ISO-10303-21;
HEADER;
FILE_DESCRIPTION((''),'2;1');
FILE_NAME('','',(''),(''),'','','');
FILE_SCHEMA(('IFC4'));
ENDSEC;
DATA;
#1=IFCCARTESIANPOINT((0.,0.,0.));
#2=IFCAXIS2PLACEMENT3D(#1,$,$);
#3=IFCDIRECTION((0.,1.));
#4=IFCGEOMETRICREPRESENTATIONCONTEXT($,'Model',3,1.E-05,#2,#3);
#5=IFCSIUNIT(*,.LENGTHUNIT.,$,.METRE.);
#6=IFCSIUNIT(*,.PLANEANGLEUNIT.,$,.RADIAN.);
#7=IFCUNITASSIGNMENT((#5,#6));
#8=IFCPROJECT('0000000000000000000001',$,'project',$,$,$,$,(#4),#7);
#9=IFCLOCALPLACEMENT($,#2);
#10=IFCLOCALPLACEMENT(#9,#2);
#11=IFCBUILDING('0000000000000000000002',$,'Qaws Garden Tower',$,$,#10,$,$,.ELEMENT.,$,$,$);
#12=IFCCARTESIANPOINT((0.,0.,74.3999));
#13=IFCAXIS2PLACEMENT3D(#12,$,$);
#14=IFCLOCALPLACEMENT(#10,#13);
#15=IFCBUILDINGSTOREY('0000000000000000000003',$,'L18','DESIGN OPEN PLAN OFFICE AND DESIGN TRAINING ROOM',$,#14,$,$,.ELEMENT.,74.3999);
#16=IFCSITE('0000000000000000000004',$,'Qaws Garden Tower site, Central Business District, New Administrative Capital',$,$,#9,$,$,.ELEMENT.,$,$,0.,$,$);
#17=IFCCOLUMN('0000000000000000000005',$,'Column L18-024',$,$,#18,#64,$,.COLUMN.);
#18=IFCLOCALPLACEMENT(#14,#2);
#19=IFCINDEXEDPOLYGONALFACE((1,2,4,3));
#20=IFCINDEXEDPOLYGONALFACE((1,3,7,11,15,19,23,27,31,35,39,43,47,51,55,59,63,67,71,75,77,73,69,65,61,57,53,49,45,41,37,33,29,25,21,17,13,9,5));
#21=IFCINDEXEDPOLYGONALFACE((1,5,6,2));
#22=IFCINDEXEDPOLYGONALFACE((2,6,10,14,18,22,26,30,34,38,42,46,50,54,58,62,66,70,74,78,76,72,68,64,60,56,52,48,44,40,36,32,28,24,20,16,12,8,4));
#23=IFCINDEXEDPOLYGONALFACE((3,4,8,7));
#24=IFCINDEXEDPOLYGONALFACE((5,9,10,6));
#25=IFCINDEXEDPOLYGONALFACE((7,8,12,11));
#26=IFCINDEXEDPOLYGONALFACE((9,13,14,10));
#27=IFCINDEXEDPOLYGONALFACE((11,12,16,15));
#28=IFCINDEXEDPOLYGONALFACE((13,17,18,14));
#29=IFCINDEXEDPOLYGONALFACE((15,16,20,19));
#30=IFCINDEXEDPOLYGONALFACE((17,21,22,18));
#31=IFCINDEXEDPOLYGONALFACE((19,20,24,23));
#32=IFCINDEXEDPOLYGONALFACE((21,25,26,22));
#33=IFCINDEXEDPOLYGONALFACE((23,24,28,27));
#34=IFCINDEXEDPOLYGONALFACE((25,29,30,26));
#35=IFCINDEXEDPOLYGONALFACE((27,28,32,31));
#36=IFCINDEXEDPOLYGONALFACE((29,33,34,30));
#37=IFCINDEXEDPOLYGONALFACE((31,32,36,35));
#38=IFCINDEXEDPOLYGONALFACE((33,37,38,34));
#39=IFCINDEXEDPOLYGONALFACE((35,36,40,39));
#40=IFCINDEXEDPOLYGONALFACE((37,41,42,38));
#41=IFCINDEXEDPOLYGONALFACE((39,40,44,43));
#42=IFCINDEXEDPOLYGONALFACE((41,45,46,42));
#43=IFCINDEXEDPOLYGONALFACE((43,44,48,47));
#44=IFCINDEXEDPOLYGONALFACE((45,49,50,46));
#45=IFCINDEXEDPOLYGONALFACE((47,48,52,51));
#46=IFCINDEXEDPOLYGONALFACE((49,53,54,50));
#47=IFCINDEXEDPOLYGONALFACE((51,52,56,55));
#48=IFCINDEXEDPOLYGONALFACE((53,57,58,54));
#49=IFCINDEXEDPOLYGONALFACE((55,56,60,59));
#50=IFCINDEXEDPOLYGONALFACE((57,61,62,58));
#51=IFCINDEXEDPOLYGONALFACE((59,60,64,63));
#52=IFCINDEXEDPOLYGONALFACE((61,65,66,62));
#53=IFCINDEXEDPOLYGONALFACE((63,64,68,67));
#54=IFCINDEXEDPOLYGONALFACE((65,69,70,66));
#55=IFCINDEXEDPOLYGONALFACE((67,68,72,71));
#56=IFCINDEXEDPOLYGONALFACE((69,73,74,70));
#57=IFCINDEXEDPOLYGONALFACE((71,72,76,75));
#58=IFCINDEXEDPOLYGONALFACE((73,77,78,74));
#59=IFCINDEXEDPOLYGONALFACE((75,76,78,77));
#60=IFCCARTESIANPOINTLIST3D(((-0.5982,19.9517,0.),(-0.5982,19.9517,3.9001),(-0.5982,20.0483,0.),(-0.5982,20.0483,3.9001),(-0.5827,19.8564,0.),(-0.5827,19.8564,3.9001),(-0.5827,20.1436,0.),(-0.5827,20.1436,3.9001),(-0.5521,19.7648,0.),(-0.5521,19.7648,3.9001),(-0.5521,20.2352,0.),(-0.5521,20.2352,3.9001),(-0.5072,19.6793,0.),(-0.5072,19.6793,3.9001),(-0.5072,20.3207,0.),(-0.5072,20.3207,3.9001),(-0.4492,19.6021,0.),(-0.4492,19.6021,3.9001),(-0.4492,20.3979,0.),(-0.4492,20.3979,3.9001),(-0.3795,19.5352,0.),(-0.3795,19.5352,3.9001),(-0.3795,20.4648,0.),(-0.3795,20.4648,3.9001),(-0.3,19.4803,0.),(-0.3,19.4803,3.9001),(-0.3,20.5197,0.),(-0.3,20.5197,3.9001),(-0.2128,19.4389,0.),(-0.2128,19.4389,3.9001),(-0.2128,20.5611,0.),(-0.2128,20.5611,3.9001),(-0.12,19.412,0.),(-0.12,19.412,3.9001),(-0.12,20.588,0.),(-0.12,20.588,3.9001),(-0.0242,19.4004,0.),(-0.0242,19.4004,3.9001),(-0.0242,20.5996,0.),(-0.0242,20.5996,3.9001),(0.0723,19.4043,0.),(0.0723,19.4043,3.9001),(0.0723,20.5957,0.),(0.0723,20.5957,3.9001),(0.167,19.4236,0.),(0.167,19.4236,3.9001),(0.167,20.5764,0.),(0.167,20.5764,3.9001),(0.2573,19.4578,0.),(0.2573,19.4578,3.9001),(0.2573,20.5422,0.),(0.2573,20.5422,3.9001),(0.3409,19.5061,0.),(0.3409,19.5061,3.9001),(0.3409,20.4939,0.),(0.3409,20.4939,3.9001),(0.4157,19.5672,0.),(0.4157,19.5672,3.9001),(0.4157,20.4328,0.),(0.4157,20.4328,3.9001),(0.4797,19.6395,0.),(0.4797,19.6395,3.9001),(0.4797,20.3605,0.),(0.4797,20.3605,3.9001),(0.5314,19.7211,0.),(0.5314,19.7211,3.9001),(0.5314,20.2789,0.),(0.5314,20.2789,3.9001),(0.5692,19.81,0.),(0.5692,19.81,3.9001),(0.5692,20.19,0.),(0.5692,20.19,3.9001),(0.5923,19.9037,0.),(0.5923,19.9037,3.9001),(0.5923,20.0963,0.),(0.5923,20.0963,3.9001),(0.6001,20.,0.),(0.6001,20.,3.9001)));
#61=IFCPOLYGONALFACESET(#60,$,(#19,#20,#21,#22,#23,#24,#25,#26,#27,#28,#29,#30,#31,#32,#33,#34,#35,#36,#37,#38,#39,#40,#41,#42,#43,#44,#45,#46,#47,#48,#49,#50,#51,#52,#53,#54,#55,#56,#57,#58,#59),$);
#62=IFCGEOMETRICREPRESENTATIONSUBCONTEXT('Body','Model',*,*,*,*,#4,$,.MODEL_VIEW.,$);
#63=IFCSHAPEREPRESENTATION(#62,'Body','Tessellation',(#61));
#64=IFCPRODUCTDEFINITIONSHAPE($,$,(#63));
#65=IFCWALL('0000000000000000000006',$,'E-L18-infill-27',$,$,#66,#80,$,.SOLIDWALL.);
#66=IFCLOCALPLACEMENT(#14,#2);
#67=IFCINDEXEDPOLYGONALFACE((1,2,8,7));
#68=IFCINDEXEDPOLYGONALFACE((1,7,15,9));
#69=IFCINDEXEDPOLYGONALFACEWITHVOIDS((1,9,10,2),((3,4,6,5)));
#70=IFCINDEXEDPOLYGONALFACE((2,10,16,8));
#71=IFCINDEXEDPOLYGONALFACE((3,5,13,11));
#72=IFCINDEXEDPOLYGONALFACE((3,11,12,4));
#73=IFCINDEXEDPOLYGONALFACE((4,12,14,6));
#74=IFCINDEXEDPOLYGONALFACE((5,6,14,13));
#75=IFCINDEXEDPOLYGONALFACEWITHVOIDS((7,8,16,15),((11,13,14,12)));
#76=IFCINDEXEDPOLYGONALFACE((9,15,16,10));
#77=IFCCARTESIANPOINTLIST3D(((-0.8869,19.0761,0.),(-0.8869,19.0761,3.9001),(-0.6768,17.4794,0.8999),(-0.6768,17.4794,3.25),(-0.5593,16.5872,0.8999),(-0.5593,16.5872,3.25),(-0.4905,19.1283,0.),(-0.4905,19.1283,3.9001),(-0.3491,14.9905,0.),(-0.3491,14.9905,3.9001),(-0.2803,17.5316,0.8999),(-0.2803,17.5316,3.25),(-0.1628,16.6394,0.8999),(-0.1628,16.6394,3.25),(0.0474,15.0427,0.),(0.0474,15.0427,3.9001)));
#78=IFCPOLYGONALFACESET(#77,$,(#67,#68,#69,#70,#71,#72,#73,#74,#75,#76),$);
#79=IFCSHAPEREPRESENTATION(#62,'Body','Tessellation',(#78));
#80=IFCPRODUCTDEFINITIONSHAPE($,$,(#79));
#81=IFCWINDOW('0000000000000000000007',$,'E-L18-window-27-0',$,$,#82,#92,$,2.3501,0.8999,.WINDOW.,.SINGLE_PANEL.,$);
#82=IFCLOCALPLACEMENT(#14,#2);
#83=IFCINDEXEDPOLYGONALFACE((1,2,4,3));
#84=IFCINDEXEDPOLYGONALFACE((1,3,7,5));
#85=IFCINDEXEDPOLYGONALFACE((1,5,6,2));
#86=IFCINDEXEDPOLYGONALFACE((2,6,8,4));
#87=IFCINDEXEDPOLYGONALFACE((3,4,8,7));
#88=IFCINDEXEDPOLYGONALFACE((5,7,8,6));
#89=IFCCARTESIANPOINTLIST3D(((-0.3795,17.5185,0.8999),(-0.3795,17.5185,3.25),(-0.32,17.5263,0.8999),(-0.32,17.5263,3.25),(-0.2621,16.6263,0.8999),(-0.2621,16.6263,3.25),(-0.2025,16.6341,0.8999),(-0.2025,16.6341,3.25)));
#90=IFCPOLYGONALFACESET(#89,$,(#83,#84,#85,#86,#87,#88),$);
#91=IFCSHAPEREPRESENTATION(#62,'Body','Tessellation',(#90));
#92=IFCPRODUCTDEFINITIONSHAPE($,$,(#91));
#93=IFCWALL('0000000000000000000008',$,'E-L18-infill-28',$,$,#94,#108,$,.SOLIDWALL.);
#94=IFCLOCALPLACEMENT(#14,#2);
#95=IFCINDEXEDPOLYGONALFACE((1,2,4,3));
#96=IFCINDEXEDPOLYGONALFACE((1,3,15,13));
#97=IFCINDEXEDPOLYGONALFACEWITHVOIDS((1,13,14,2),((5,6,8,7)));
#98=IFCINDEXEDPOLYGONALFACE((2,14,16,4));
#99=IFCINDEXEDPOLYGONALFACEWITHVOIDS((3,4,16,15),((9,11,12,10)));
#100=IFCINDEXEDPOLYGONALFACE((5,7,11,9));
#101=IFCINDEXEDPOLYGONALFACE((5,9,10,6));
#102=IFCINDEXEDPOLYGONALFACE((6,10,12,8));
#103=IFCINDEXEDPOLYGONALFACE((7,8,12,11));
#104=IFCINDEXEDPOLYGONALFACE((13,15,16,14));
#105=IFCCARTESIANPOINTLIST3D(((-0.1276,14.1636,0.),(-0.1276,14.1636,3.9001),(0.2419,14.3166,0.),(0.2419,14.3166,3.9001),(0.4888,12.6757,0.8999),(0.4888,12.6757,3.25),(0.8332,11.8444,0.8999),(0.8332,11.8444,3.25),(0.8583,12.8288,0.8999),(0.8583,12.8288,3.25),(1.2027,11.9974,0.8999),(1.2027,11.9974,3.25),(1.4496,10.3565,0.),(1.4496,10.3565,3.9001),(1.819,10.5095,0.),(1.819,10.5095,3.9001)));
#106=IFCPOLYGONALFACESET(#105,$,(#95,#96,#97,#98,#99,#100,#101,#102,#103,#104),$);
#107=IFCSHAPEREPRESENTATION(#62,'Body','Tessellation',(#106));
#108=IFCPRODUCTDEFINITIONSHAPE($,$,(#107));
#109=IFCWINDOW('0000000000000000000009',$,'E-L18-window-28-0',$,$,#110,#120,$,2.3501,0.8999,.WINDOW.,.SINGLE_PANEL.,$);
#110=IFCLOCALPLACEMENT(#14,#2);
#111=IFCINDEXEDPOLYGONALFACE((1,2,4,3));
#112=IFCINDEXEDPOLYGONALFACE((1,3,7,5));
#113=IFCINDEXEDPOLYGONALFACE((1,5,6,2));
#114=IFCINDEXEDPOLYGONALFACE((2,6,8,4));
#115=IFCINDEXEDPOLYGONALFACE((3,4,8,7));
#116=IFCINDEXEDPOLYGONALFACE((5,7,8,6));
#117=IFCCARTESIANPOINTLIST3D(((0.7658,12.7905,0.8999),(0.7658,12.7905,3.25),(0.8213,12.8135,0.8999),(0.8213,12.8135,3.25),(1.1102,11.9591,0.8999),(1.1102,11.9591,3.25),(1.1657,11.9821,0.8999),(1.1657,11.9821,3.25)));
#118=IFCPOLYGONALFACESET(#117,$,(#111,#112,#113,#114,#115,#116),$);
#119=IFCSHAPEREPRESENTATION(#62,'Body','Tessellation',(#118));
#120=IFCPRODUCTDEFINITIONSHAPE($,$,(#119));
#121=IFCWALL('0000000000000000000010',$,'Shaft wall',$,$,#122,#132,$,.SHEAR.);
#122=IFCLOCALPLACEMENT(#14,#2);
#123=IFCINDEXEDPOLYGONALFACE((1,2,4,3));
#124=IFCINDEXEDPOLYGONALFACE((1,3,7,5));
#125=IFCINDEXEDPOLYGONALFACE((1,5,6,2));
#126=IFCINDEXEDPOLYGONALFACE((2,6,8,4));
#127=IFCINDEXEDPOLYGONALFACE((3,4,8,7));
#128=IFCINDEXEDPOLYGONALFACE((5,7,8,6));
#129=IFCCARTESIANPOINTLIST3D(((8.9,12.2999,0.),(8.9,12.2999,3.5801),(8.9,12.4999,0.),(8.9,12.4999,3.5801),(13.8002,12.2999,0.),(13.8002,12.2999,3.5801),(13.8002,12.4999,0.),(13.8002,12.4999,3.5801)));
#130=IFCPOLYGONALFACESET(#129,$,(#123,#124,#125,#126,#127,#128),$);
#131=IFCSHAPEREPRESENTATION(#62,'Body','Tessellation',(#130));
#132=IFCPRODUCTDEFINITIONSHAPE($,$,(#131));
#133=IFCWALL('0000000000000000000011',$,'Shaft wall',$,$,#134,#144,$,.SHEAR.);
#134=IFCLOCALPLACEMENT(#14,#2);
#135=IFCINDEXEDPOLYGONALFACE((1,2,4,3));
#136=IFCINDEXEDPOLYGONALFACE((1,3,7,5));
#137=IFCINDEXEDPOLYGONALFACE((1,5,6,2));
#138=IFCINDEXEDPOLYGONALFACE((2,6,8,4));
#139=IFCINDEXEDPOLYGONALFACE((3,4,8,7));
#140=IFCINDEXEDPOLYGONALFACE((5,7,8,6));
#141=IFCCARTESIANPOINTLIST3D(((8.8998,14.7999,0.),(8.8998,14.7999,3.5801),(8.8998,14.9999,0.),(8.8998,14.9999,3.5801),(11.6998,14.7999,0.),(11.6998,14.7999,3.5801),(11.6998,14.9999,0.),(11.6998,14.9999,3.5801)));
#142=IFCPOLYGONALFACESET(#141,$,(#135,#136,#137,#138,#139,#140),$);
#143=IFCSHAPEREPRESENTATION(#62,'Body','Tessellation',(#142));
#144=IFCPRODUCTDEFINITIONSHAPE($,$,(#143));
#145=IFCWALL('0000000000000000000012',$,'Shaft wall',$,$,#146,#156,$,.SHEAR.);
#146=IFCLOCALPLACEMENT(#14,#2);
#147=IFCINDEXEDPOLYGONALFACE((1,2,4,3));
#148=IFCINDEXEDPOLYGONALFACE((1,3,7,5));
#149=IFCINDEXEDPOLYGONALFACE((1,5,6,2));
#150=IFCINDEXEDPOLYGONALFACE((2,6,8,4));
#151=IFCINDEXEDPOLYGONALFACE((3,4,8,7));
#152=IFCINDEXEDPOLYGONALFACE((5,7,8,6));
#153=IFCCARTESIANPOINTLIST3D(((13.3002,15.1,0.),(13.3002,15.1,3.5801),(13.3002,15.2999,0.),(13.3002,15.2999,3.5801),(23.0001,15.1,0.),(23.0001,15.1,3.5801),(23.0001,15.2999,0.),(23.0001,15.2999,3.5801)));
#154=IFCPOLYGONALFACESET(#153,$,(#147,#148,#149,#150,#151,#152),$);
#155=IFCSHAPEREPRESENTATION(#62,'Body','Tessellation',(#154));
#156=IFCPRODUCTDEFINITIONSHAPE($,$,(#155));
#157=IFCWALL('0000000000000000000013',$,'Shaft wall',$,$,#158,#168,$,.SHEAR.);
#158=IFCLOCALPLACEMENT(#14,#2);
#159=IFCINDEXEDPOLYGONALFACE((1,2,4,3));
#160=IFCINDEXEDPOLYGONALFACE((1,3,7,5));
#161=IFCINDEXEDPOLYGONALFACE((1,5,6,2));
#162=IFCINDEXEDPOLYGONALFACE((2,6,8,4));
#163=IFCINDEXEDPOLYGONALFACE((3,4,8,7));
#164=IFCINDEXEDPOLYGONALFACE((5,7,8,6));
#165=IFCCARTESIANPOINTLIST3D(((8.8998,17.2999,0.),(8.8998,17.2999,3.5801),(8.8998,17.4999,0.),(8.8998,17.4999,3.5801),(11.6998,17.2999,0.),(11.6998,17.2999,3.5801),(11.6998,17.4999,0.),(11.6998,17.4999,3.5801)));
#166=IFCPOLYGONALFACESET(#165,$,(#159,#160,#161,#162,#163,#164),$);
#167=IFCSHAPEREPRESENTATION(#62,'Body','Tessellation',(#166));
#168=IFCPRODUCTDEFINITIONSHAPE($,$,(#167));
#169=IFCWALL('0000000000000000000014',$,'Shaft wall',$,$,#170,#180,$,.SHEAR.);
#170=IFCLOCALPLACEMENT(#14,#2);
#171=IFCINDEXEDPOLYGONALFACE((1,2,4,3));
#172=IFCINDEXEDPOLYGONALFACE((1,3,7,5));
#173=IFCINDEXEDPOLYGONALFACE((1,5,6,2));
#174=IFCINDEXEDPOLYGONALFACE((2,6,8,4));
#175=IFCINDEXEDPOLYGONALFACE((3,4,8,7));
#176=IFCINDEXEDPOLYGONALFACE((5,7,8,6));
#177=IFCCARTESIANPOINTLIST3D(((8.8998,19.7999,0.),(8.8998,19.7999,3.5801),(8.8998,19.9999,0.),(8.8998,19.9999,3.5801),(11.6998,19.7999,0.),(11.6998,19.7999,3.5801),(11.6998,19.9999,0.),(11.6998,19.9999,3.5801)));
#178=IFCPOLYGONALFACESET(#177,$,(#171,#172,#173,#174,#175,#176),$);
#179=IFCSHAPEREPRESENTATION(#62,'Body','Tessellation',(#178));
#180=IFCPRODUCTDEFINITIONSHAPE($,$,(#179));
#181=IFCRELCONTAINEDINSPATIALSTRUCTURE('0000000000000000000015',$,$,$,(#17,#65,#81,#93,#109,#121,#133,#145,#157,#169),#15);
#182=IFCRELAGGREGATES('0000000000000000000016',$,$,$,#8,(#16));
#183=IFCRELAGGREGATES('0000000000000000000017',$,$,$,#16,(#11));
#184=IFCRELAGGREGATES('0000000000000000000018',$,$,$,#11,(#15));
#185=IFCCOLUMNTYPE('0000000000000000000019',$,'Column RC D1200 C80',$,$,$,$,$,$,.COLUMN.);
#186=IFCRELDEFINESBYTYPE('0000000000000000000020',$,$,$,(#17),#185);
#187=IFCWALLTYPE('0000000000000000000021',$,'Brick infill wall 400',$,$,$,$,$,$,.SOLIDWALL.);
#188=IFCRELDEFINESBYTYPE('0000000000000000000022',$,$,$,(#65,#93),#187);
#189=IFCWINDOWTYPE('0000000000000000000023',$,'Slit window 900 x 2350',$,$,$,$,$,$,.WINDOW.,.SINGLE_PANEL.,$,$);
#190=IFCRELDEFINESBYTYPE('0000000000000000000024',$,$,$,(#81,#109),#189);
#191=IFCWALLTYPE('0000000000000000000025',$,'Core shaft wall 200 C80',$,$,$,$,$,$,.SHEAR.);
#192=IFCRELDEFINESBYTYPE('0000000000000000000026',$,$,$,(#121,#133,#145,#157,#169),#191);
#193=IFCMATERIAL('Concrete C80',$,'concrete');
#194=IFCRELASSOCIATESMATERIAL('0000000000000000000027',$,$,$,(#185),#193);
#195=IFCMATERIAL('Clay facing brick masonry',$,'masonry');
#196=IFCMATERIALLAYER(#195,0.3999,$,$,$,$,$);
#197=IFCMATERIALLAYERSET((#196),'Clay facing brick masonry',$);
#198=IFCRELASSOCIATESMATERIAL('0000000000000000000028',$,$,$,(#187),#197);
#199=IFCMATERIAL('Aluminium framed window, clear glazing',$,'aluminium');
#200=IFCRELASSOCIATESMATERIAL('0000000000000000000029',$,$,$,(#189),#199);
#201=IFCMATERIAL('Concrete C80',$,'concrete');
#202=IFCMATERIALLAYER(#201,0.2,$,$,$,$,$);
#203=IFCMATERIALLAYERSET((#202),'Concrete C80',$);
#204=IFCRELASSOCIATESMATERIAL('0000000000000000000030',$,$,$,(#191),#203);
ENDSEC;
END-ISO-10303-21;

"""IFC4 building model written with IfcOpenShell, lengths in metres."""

from ifc_helpers import new_model, si_unit, direction, frame, frame_2d, origin, origin_2d, place, context, subcontext, project, spatial, rectangle, circle, extrude, material, layer, layer_set, material_profile, profile_set, type_object, element, fill, save


model = new_model("IFC4")

# Units and contexts
model_context = context("Model", 3, precision=1e-05, world=origin(), true_north=direction((0.0, 1.0)))
body_context = subcontext(model_context, "Body", "Model", "MODEL_VIEW")
ifc_project = project(units=[si_unit("LENGTHUNIT", "METRE"), si_unit("PLANEANGLEUNIT", "RADIAN")], contexts=[model_context])

# Site, building, storey
site_placement = place(None, origin())
site = spatial("IfcSite", under=ifc_project, at=site_placement, Name="Qaws Garden Tower site, Central Business District, New Administrative Capital", CompositionType="ELEMENT", RefElevation=0.0)
building_placement = place(site_placement, origin())
building = spatial("IfcBuilding", under=site, at=building_placement, Name="Qaws Garden Tower", CompositionType="ELEMENT")
storey_placement = place(building_placement, frame((0.0, 0.0, 74.3999)))
storey = spatial("IfcBuildingStorey", under=building, at=storey_placement, Name="L18", Description="DESIGN OPEN PLAN OFFICE AND DESIGN TRAINING ROOM", CompositionType="ELEMENT", Elevation=74.3999)

# Column
ifc_material_1 = material(Name="Concrete C80", Category="concrete")
ifc_material_profile = material_profile(ifc_material_1, circle(Radius=0.6001, at=origin_2d()), Name="RC D1200")
ifc_profile_set = profile_set([ifc_material_profile], Name="Concrete C80")
column_type = type_object("IfcColumnType", Name="Column RC D1200 C80", PredefinedType="COLUMN", material=ifc_profile_set)
column_placement = place(storey_placement, frame((0.0, 20.0, 0.0), z_axis=(0.0, 0.0, 1.0), x_axis=(1.0, 0.0, 0.0)))
element("IfcColumn", 1, at=column_placement, inside=storey, type_object=column_type, Name="Column L18-024", PredefinedType="COLUMN", context=body_context, shape_type="SweptSolid", body=[
    extrude(circle(Radius=0.6001, at=origin_2d()), origin(), (0.0, 0.0, 1.0), 3.9001),
])

# Walls, openings, windows
ifc_material_2 = material(Name="Clay facing brick masonry", Category="masonry")
ifc_layer_1 = layer(ifc_material_2, 0.3999)
ifc_layer_set_1 = layer_set([ifc_layer_1], Name="Clay facing brick masonry")
wall_type_1 = type_object("IfcWallType", Name="Brick infill wall 400", PredefinedType="SOLIDWALL", material=ifc_layer_set_1)
wall_1_placement = place(storey_placement, frame((-0.6887, 19.1023, 0.0), z_axis=(0.0, 0.0, 1.0), x_axis=(0.130514, -0.991446, 0.0)))
wall_1 = element("IfcWall", 2, at=wall_1_placement, inside=storey, type_object=wall_type_1, Name="E-L18-infill-27", PredefinedType="SOLIDWALL", context=body_context, shape_type="SweptSolid", body=[
    extrude(rectangle(XDim=4.1208, YDim=0.3999, at=frame_2d((2.0605, 0.0))), origin(), (0.0, 0.0, 1.0), 3.9001),
])
opening_1_placement = place(wall_1_placement, frame((1.6106, 0.0, 0.8999)))
opening_1 = element("IfcOpeningElement", 3, at=opening_1_placement, cuts=wall_1, PredefinedType="OPENING", context=body_context, shape_type="SweptSolid", body=[
    extrude(rectangle(XDim=0.8999, YDim=2.3501, at=frame_2d((0.45, 1.175))), frame((0.0, 0.21, 0.0), z_axis=(0.0, -1.0, 0.0), x_axis=(1.0, 0.0, 0.0)), (0.0, 0.0, 1.0), 0.4199),
])
ifc_material_3 = material(Name="Aluminium framed window, clear glazing", Category="aluminium")
window_type = type_object("IfcWindowType", Name="Slit window 900 x 2350", PartitioningType="SINGLE_PANEL", PredefinedType="WINDOW", material=ifc_material_3)
window_1_placement = place(opening_1_placement, origin())
window_1 = element("IfcWindow", 4, at=window_1_placement, inside=storey, type_object=window_type, Name="E-L18-window-27-0", OverallHeight=2.3501, OverallWidth=0.8999, PartitioningType="SINGLE_PANEL", PredefinedType="WINDOW", context=body_context, shape_type="SweptSolid", body=[
    extrude(rectangle(XDim=0.8999, YDim=2.3501, at=frame_2d((0.45, 1.175))), frame((0.0, 0.1599, 0.0), z_axis=(0.0, -1.0, 0.0), x_axis=(1.0, 0.0, 0.0)), (0.0, 0.0, 1.0), 0.0601),
])
fill(opening_1, window_1)
wall_2_placement = place(storey_placement, frame((0.0571, 14.2402, 0.0), z_axis=(0.0, 0.0, 1.0), x_axis=(0.382722, -0.923864, 0.0)))
wall_2 = element("IfcWall", 5, at=wall_2_placement, inside=storey, type_object=wall_type_1, Name="E-L18-infill-28", PredefinedType="SOLIDWALL", context=body_context, shape_type="SweptSolid", body=[
    extrude(rectangle(XDim=4.1208, YDim=0.3999, at=frame_2d((2.0605, 0.0))), origin(), (0.0, 0.0, 1.0), 3.9001),
])
opening_2_placement = place(wall_2_placement, frame((1.6106, 0.0, 0.8999)))
opening_2 = element("IfcOpeningElement", 6, at=opening_2_placement, cuts=wall_2, PredefinedType="OPENING", context=body_context, shape_type="SweptSolid", body=[
    extrude(rectangle(XDim=0.8999, YDim=2.3501, at=frame_2d((0.45, 1.175))), frame((0.0, 0.21, 0.0), z_axis=(0.0, -1.0, 0.0), x_axis=(1.0, 0.0, 0.0)), (0.0, 0.0, 1.0), 0.4199),
])
window_2_placement = place(opening_2_placement, origin())
window_2 = element("IfcWindow", 7, at=window_2_placement, inside=storey, type_object=window_type, Name="E-L18-window-28-0", OverallHeight=2.3501, OverallWidth=0.8999, PartitioningType="SINGLE_PANEL", PredefinedType="WINDOW", context=body_context, shape_type="SweptSolid", body=[
    extrude(rectangle(XDim=0.8999, YDim=2.3501, at=frame_2d((0.45, 1.175))), frame((0.0, 0.1599, 0.0), z_axis=(0.0, -1.0, 0.0), x_axis=(1.0, 0.0, 0.0)), (0.0, 0.0, 1.0), 0.0601),
])
fill(opening_2, window_2)

# Walls
ifc_material_4 = material(Name="Concrete C80", Category="concrete")
ifc_layer_2 = layer(ifc_material_4, 0.2)
ifc_layer_set_2 = layer_set([ifc_layer_2], Name="Concrete C80")
wall_type_2 = type_object("IfcWallType", Name="Core shaft wall 200 C80", PredefinedType="SHEAR", material=ifc_layer_set_2)
wall_3_placement = place(storey_placement, frame((8.8999, 12.3999, 0.0), z_axis=(0.0, 0.0, 1.0), x_axis=(1.0, 0.0, 0.0)))
element("IfcWall", 8, at=wall_3_placement, inside=storey, type_object=wall_type_2, Name="Shaft wall", PredefinedType="SHEAR", context=body_context, shape_type="SweptSolid", body=[
    extrude(rectangle(XDim=4.9001, YDim=0.2, at=frame_2d((2.4502, 0.0))), origin(), (0.0, 0.0, 1.0), 3.5801),
])
wall_4_placement = place(storey_placement, frame((8.8999, 14.8999, 0.0), z_axis=(0.0, 0.0, 1.0), x_axis=(1.0, 0.0, 0.0)))
element("IfcWall", 9, at=wall_4_placement, inside=storey, type_object=wall_type_2, Name="Shaft wall", PredefinedType="SHEAR", context=body_context, shape_type="SweptSolid", body=[
    extrude(rectangle(XDim=2.8, YDim=0.2, at=frame_2d((1.3999, 0.0))), origin(), (0.0, 0.0, 1.0), 3.5801),
])
wall_5_placement = place(storey_placement, frame((13.3, 15.2, 0.0), z_axis=(0.0, 0.0, 1.0), x_axis=(1.0, 0.0, 0.0)))
element("IfcWall", 10, at=wall_5_placement, inside=storey, type_object=wall_type_2, Name="Shaft wall", PredefinedType="SHEAR", context=body_context, shape_type="SweptSolid", body=[
    extrude(rectangle(XDim=9.7, YDim=0.2, at=frame_2d((4.8501, 0.0))), origin(), (0.0, 0.0, 1.0), 3.5801),
])
for number, where, z_axis, x_axis, name in (
    (11, (8.8999, 17.3999, 0.0), (0.0, 0.0, 1.0), (1.0, 0.0, 0.0), "Shaft wall"),
    (12, (8.8999, 19.8999, 0.0), (0.0, 0.0, 1.0), (1.0, 0.0, 0.0), "Shaft wall"),
):
    element("IfcWall", number, at=place(storey_placement, frame(where, z_axis=z_axis, x_axis=x_axis)), inside=storey, type_object=wall_type_2, Name=name, PredefinedType="SHEAR", context=body_context, shape_type="SweptSolid", body=[
        extrude(rectangle(XDim=2.8, YDim=0.2, at=frame_2d((1.3999, 0.0))), origin(), (0.0, 0.0, 1.0), 3.5801),
    ])

save(model, "model.ifc")
